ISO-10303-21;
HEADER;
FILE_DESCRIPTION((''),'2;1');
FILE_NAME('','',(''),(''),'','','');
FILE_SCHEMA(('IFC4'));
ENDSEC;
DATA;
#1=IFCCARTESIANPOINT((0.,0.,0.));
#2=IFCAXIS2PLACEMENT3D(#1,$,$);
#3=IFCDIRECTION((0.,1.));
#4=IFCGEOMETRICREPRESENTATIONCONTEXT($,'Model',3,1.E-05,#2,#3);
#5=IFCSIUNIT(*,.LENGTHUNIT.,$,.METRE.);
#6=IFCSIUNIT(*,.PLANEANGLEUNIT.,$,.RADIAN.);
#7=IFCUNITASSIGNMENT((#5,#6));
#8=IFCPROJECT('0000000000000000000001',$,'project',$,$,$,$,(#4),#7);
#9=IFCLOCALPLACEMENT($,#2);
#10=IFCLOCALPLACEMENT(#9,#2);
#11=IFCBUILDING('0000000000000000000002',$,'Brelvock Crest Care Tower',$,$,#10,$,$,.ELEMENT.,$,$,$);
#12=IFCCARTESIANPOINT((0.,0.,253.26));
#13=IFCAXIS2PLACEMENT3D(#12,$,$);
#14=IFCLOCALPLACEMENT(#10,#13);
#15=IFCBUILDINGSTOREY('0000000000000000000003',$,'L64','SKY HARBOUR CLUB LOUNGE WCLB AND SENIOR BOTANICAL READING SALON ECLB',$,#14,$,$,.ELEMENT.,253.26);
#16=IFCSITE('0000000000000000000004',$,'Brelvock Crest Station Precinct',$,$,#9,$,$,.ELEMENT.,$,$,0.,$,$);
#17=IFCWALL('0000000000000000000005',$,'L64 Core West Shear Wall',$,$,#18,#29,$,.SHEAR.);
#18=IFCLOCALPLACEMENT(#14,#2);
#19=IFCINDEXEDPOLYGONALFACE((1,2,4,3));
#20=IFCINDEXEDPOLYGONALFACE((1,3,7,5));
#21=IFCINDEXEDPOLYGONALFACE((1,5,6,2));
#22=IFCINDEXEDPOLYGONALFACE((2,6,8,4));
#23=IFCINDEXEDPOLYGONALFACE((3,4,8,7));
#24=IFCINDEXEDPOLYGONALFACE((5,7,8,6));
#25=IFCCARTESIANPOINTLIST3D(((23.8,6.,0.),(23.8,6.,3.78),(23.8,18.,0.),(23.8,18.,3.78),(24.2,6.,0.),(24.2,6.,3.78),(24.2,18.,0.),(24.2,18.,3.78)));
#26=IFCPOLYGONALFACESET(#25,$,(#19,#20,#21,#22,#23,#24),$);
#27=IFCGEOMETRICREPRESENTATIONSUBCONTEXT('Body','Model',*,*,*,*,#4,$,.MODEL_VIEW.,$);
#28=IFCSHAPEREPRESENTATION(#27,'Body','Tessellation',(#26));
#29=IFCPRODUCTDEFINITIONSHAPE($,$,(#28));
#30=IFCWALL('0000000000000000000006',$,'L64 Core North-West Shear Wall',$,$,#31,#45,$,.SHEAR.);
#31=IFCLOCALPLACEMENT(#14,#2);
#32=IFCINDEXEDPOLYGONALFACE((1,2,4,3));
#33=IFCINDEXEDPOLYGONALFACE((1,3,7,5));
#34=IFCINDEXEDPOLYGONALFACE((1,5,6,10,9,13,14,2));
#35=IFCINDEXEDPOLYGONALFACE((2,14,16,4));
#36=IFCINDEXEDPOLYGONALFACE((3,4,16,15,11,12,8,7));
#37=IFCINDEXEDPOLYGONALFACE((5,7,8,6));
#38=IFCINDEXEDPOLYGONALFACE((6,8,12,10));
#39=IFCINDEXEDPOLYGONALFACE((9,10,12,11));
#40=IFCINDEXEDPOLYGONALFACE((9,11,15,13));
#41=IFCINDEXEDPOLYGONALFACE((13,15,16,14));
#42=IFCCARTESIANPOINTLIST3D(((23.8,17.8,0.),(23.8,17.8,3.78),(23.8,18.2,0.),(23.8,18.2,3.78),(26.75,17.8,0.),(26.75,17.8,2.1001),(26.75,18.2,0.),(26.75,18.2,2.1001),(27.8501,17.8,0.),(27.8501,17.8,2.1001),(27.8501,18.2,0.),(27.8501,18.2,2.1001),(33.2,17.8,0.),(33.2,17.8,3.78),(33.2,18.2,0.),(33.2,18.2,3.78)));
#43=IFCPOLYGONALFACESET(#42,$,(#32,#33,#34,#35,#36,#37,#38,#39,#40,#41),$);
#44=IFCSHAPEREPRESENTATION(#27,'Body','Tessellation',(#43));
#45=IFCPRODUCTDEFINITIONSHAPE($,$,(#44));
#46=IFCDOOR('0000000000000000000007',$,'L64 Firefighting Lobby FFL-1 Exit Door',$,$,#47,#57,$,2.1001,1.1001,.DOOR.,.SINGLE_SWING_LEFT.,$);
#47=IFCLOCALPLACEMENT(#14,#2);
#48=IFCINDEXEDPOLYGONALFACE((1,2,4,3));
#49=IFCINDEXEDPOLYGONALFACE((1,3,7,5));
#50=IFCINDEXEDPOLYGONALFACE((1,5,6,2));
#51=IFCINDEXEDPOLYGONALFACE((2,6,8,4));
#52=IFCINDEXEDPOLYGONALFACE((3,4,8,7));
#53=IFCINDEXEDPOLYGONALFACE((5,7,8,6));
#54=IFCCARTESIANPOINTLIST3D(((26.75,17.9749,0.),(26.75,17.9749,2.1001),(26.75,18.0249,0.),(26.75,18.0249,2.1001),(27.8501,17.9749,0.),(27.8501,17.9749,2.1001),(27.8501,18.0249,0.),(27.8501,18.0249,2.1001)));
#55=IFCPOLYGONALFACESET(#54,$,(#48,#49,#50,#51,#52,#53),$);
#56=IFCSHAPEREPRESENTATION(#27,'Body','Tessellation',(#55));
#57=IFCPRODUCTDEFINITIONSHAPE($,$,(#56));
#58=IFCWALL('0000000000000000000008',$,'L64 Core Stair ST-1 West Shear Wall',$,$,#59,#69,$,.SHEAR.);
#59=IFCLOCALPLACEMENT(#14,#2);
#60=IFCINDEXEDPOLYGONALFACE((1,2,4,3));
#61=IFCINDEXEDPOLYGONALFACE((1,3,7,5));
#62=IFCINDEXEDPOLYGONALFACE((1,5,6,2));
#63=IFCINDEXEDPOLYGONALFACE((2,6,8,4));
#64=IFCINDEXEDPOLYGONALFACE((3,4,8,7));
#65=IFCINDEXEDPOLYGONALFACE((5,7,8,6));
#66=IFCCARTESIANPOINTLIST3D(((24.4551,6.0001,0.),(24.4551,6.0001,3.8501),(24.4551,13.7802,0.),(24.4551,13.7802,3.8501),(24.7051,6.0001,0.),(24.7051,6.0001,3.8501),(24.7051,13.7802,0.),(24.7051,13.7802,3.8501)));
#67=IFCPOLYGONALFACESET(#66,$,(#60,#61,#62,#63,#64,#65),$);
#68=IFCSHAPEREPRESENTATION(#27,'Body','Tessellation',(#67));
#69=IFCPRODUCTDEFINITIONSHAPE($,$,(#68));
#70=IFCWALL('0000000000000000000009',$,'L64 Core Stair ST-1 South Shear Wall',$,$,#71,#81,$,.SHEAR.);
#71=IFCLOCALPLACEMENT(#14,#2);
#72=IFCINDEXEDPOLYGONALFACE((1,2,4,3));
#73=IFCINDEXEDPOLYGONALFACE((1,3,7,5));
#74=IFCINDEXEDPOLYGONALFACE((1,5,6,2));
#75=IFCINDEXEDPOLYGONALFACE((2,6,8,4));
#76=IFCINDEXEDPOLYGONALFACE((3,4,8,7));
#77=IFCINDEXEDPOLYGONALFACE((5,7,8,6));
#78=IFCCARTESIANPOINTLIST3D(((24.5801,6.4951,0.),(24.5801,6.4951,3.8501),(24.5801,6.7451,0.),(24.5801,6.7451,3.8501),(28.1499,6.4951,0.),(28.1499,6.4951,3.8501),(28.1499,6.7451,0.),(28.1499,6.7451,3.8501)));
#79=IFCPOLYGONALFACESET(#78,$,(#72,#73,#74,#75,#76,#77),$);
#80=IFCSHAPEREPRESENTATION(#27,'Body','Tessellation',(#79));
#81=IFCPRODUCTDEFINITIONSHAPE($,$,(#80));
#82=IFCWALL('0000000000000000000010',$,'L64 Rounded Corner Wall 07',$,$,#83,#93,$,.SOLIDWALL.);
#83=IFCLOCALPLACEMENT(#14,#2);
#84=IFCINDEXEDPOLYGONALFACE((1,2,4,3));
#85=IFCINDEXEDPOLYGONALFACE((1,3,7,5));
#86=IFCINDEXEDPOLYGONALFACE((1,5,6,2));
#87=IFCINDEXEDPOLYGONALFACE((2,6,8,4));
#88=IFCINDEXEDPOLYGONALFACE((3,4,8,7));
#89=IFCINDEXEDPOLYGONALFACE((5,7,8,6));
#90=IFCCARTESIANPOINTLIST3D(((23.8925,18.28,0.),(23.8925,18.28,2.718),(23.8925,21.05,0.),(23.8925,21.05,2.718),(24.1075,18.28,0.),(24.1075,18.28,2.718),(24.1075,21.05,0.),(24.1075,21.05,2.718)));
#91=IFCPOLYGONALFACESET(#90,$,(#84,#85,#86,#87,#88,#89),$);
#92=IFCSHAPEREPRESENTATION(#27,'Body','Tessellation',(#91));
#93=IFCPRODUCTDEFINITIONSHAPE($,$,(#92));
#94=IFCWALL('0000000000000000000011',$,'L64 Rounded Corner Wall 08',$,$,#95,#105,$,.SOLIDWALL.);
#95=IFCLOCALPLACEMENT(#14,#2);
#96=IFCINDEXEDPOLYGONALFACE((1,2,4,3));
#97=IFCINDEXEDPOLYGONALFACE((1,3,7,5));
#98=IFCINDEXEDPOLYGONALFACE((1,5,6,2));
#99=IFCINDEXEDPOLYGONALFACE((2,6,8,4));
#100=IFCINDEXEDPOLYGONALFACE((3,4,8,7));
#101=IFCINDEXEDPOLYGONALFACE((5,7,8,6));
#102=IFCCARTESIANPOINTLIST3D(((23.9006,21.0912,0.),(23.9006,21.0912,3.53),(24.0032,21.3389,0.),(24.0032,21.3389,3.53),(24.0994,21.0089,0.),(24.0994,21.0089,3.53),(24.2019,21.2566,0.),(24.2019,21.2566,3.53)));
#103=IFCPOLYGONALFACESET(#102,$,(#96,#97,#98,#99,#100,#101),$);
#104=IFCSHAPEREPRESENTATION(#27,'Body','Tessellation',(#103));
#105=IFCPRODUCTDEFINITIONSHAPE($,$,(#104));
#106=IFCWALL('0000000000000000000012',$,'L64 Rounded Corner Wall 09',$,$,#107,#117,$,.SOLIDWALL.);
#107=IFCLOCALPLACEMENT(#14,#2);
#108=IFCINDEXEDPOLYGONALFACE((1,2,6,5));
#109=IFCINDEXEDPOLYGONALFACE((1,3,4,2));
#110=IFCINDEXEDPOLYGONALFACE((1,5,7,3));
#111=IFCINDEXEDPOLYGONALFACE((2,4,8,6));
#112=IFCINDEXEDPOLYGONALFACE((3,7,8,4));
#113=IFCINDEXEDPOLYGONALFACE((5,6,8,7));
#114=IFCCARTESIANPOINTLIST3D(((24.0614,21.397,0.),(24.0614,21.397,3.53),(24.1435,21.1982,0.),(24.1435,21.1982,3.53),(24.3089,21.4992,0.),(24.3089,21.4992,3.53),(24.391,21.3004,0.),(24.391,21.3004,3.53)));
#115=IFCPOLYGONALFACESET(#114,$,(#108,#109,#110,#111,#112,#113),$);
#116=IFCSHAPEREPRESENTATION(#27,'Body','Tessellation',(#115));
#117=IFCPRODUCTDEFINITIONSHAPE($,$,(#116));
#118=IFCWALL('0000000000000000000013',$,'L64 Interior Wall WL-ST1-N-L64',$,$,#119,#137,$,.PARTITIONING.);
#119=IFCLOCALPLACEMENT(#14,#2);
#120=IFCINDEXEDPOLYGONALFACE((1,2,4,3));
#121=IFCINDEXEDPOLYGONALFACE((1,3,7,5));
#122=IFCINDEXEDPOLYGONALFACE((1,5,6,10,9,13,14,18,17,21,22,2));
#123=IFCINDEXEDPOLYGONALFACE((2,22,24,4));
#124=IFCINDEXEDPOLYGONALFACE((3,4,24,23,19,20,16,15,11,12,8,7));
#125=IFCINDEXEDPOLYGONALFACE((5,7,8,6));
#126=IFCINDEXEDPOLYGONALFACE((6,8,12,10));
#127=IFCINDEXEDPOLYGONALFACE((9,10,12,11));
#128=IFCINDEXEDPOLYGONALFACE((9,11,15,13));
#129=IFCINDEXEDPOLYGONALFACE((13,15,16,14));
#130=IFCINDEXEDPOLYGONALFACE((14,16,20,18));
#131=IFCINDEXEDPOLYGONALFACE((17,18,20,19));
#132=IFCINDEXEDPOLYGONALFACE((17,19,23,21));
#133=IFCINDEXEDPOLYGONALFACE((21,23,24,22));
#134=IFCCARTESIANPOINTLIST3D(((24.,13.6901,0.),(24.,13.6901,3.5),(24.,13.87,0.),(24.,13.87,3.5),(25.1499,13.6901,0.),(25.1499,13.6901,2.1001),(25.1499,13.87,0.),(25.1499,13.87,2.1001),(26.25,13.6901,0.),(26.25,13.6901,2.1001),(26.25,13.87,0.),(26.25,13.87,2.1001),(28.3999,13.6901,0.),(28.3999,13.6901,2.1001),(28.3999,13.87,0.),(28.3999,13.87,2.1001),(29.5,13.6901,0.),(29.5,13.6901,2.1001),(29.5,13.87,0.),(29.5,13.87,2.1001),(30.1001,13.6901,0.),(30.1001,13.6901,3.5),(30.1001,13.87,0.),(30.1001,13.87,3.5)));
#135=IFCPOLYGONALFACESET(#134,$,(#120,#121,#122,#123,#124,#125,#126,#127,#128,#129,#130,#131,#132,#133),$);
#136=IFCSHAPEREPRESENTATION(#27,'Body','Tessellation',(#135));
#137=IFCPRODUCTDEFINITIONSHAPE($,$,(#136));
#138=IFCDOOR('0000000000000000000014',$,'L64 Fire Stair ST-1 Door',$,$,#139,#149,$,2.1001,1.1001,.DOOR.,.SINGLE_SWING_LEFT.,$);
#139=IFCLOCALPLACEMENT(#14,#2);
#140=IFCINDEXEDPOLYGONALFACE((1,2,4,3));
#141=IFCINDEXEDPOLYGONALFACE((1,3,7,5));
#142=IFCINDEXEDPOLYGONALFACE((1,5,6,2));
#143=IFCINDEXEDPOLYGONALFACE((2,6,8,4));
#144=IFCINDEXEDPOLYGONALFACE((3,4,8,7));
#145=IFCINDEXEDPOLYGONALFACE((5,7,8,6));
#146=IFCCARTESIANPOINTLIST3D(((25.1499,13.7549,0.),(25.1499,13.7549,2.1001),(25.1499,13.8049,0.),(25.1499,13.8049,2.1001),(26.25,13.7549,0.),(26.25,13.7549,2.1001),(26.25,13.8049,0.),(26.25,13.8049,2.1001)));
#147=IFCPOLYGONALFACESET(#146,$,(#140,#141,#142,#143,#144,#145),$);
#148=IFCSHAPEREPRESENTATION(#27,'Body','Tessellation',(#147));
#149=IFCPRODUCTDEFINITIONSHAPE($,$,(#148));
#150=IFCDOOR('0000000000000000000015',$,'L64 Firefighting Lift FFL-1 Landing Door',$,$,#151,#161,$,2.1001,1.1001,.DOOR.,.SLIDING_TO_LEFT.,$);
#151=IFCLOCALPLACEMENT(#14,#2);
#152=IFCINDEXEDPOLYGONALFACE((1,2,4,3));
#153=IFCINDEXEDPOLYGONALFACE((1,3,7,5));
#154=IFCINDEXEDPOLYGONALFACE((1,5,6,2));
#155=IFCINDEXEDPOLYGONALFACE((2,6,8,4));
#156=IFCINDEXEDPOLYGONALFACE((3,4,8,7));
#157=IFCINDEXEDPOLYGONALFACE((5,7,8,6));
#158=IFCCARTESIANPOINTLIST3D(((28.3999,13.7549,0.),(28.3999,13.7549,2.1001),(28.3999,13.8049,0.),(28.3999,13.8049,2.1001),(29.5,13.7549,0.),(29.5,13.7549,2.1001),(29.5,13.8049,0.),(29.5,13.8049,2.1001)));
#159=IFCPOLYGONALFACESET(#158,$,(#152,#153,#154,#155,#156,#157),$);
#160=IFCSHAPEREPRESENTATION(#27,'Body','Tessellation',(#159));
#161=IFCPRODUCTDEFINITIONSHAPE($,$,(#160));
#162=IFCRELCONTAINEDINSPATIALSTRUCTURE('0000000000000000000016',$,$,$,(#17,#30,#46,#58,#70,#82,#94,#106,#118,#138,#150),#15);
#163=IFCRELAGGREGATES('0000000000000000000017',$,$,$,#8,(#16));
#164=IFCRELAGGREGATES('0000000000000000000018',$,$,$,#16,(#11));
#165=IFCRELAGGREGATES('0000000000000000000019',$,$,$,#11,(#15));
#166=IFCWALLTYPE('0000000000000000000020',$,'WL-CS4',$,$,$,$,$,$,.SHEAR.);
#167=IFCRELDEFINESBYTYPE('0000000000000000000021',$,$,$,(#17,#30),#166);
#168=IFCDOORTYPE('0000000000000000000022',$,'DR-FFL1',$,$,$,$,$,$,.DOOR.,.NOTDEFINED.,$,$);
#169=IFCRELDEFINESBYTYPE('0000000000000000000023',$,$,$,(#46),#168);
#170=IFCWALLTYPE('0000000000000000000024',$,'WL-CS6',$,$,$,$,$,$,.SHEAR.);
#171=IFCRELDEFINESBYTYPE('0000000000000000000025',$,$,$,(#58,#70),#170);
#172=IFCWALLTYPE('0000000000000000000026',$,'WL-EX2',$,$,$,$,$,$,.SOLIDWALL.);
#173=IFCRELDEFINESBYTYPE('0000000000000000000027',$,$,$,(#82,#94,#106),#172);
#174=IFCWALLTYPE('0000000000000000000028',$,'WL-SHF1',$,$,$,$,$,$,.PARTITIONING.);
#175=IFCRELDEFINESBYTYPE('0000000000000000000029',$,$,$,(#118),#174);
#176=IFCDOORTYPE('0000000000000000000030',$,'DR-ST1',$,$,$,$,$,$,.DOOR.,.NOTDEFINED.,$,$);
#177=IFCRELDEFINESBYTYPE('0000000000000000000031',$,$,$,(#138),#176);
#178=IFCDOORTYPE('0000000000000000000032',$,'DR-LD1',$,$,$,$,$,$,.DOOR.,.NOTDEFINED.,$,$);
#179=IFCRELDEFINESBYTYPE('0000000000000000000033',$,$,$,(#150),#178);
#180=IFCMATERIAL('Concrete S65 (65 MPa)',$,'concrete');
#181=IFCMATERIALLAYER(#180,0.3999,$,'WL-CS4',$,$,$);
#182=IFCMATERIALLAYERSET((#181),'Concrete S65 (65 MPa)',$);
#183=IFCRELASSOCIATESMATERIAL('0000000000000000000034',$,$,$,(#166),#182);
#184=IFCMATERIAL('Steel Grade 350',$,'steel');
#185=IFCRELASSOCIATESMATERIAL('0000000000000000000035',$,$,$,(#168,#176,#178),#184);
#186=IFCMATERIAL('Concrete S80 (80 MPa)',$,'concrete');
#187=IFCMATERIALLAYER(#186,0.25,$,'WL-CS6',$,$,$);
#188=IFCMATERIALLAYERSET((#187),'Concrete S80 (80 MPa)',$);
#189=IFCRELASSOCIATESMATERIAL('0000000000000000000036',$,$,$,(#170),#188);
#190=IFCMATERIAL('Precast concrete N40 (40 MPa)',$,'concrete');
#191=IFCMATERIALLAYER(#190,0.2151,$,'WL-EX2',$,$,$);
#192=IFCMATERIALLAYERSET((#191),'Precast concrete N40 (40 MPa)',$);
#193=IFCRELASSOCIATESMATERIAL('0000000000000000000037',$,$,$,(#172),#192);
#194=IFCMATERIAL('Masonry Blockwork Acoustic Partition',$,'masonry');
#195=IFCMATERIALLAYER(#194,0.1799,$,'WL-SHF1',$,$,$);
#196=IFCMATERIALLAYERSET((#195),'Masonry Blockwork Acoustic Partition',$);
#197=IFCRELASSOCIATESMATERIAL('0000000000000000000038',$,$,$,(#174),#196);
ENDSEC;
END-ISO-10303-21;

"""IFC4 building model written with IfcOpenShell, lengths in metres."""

from ifc_helpers import new_model, si_unit, direction, frame, frame_2d, origin, origin_2d, place, context, subcontext, project, spatial, rectangle, extrude, source, transform, mapped, material, layer, layer_set, type_object, element, fill, save


model = new_model("IFC4")

# Units and contexts
model_context = context("Model", 3, precision=1e-05, world=origin(), true_north=direction((0.0, 1.0)))
body_context = subcontext(model_context, "Body", "Model", "MODEL_VIEW")
ifc_project = project(units=[si_unit("LENGTHUNIT", "METRE"), si_unit("PLANEANGLEUNIT", "RADIAN")], contexts=[model_context])

# Site, building, storey
site_placement = place(None, origin())
site = spatial("IfcSite", under=ifc_project, at=site_placement, Name="Brelvock Crest Station Precinct", CompositionType="ELEMENT", RefElevation=0.0)
building_placement = place(site_placement, origin())
building = spatial("IfcBuilding", under=site, at=building_placement, Name="Brelvock Crest Care Tower", CompositionType="ELEMENT")
storey_placement = place(building_placement, frame((0.0, 0.0, 253.26)))
storey = spatial("IfcBuildingStorey", under=building, at=storey_placement, Name="L64", Description="SKY HARBOUR CLUB LOUNGE WCLB AND SENIOR BOTANICAL READING SALON ECLB", CompositionType="ELEMENT", Elevation=253.26)

# Shared definitions
ifc_material_1 = material(Name="Concrete S65 (65 MPa)", Category="concrete")

# Shared definitions
ifc_material_2 = material(Name="Steel Grade 350", Category="steel")

# Wall
ifc_layer_1 = layer(ifc_material_1, 0.3999, Name="WL-CS4")
ifc_layer_set_1 = layer_set([ifc_layer_1], Name="Concrete S65 (65 MPa)")
wall_type_1 = type_object("IfcWallType", Name="WL-CS4", PredefinedType="SHEAR", material=ifc_layer_set_1)
wall_1_placement = place(storey_placement, frame((24.0, 6.0, 0.0), z_axis=(0.0, 0.0, 1.0), x_axis=(0.0, 1.0, 0.0)))
element("IfcWall", 1, at=wall_1_placement, inside=storey, type_object=wall_type_1, Name="L64 Core West Shear Wall", PredefinedType="SHEAR", context=body_context, shape_type="SweptSolid", body=[
    extrude(rectangle(XDim=12.0, YDim=0.3999, at=frame_2d((6.0, 0.0))), origin(), (0.0, 0.0, 1.0), 3.78),
])

# Wall, opening, door
wall_2_placement = place(storey_placement, frame((23.8, 18.0, 0.0), z_axis=(0.0, 0.0, 1.0), x_axis=(1.0, 0.0, 0.0)))
wall_2 = element("IfcWall", 2, at=wall_2_placement, inside=storey, type_object=wall_type_1, Name="L64 Core North-West Shear Wall", PredefinedType="SHEAR", context=body_context, shape_type="SweptSolid", body=[
    extrude(rectangle(XDim=9.3999, YDim=0.3999, at=frame_2d((4.7, 0.0))), origin(), (0.0, 0.0, 1.0), 3.78),
])
opening_1_placement = place(wall_2_placement, frame((2.95, 0.0, 0.0)))
opening_1 = element("IfcOpeningElement", 3, at=opening_1_placement, cuts=wall_2, PredefinedType="OPENING", context=body_context, shape_type="SweptSolid", body=[
    extrude(rectangle(XDim=1.1001, YDim=2.1001, at=origin_2d()), frame((0.55, 0.21, 1.05), z_axis=(0.0, -1.0, 0.0), x_axis=(1.0, 0.0, 0.0)), (0.0, 0.0, 1.0), 0.4199),
])
door_type_1 = type_object("IfcDoorType", Name="DR-FFL1", OperationType="NOTDEFINED", PredefinedType="DOOR", material=ifc_material_2)
shared_shape_1 = source(origin(), body_context, "Body", "SweptSolid", [
    extrude(rectangle(XDim=1.1001, YDim=2.1001, at=origin_2d()), frame((0.55, 0.0249, 1.05), z_axis=(0.0, -1.0, 0.0), x_axis=(1.0, 0.0, 0.0)), (0.0, 0.0, 1.0), 0.05),
])
door_1_placement = place(opening_1_placement, origin())
door_1 = element("IfcDoor", 4, at=door_1_placement, inside=storey, type_object=door_type_1, Name="L64 Firefighting Lobby FFL-1 Exit Door", OperationType="SINGLE_SWING_LEFT", OverallHeight=2.1001, OverallWidth=1.1001, PredefinedType="DOOR", context=body_context, shape_type="MappedRepresentation", body=[
    mapped(shared_shape_1, transform((0.0, 0.0, 0.0), x_axis=(1.0, 0.0, 0.0), y_axis=(0.0, 1.0, 0.0), z_axis=(0.0, 0.0, 1.0), scale=1.0)),
])
fill(opening_1, door_1)

# Walls
ifc_material_3 = material(Name="Concrete S80 (80 MPa)", Category="concrete")
ifc_layer_2 = layer(ifc_material_3, 0.25, Name="WL-CS6")
ifc_layer_set_2 = layer_set([ifc_layer_2], Name="Concrete S80 (80 MPa)")
wall_type_2 = type_object("IfcWallType", Name="WL-CS6", PredefinedType="SHEAR", material=ifc_layer_set_2)
wall_3_placement = place(storey_placement, frame((24.5801, 6.0, 0.0), z_axis=(0.0, 0.0, 1.0), x_axis=(0.0, 1.0, 0.0)))
element("IfcWall", 5, at=wall_3_placement, inside=storey, type_object=wall_type_2, Name="L64 Core Stair ST-1 West Shear Wall", PredefinedType="SHEAR", context=body_context, shape_type="SweptSolid", body=[
    extrude(rectangle(XDim=7.78, YDim=0.25, at=frame_2d((3.8901, 0.0))), origin(), (0.0, 0.0, 1.0), 3.8501),
])
wall_4_placement = place(storey_placement, frame((24.5801, 6.6201, 0.0), z_axis=(0.0, 0.0, 1.0), x_axis=(1.0, 0.0, 0.0)))
element("IfcWall", 6, at=wall_4_placement, inside=storey, type_object=wall_type_2, Name="L64 Core Stair ST-1 South Shear Wall", PredefinedType="SHEAR", context=body_context, shape_type="SweptSolid", body=[
    extrude(rectangle(XDim=3.5698, YDim=0.25, at=frame_2d((1.7849, 0.0))), origin(), (0.0, 0.0, 1.0), 3.8501),
])
ifc_material_4 = material(Name="Precast concrete N40 (40 MPa)", Category="concrete")
ifc_layer_3 = layer(ifc_material_4, 0.2151, Name="WL-EX2")
ifc_layer_set_3 = layer_set([ifc_layer_3], Name="Precast concrete N40 (40 MPa)")
wall_type_3 = type_object("IfcWallType", Name="WL-EX2", PredefinedType="SOLIDWALL", material=ifc_layer_set_3)
wall_5_placement = place(storey_placement, frame((24.0, 18.28, 0.0), z_axis=(0.0, 0.0, 1.0), x_axis=(0.0, 1.0, 0.0)))
element("IfcWall", 7, at=wall_5_placement, inside=storey, type_object=wall_type_3, Name="L64 Rounded Corner Wall 07", PredefinedType="SOLIDWALL", context=body_context, shape_type="SweptSolid", body=[
    extrude(rectangle(XDim=2.77, YDim=0.2151, at=frame_2d((1.385, 0.0))), origin(), (0.0, 0.0, 1.0), 2.718),
])
wall_6_placement = place(storey_placement, frame((24.0, 21.05, 0.0), z_axis=(0.0, 0.0, 1.0), x_axis=(0.382674, 0.923884, 0.0)))
element("IfcWall", 8, at=wall_6_placement, inside=storey, type_object=wall_type_3, Name="L64 Rounded Corner Wall 08", PredefinedType="SOLIDWALL", context=body_context, shape_type="SweptSolid", body=[
    extrude(rectangle(XDim=0.2681, YDim=0.2151, at=frame_2d((0.134, 0.0))), origin(), (0.0, 0.0, 1.0), 3.53),
])
wall_7_placement = place(storey_placement, frame((24.1025, 21.2976, 0.0), z_axis=(0.0, 0.0, 1.0), x_axis=(0.924205, 0.381896, 0.0)))
element("IfcWall", 9, at=wall_7_placement, inside=storey, type_object=wall_type_3, Name="L64 Rounded Corner Wall 09", PredefinedType="SOLIDWALL", context=body_context, shape_type="SweptSolid", body=[
    extrude(rectangle(XDim=0.2678, YDim=0.2151, at=frame_2d((0.1338, 0.0))), origin(), (0.0, 0.0, 1.0), 3.53),
])

# Wall, openings, doors
ifc_material_5 = material(Name="Masonry Blockwork Acoustic Partition", Category="masonry")
ifc_layer_4 = layer(ifc_material_5, 0.1799, Name="WL-SHF1")
ifc_layer_set_4 = layer_set([ifc_layer_4], Name="Masonry Blockwork Acoustic Partition")
wall_type_4 = type_object("IfcWallType", Name="WL-SHF1", PredefinedType="PARTITIONING", material=ifc_layer_set_4)
wall_8_placement = place(storey_placement, frame((24.0, 13.78, 0.0), z_axis=(0.0, 0.0, 1.0), x_axis=(1.0, 0.0, 0.0)))
wall_8 = element("IfcWall", 10, at=wall_8_placement, inside=storey, type_object=wall_type_4, Name="L64 Interior Wall WL-ST1-N-L64", PredefinedType="PARTITIONING", context=body_context, shape_type="SweptSolid", body=[
    extrude(rectangle(XDim=6.1001, YDim=0.1799, at=frame_2d((3.05, 0.0))), origin(), (0.0, 0.0, 1.0), 3.5),
])
opening_2_placement = place(wall_8_placement, frame((1.1499, 0.0, 0.0)))
opening_2 = element("IfcOpeningElement", 11, at=opening_2_placement, cuts=wall_8, PredefinedType="OPENING", context=body_context, shape_type="SweptSolid", body=[
    extrude(rectangle(XDim=1.1001, YDim=2.1001, at=origin_2d()), frame((0.55, 0.1001, 1.05), z_axis=(0.0, -1.0, 0.0), x_axis=(1.0, 0.0, 0.0)), (0.0, 0.0, 1.0), 0.2),
])
opening_3_placement = place(wall_8_placement, frame((4.3999, 0.0, 0.0)))
opening_3 = element("IfcOpeningElement", 12, at=opening_3_placement, cuts=wall_8, PredefinedType="OPENING", context=body_context, shape_type="SweptSolid", body=[
    extrude(rectangle(XDim=1.1001, YDim=2.1001, at=origin_2d()), frame((0.55, 0.1001, 1.05), z_axis=(0.0, -1.0, 0.0), x_axis=(1.0, 0.0, 0.0)), (0.0, 0.0, 1.0), 0.2),
])
door_type_2 = type_object("IfcDoorType", Name="DR-ST1", OperationType="NOTDEFINED", PredefinedType="DOOR", material=ifc_material_2)
shared_shape_2 = source(origin(), body_context, "Body", "SweptSolid", [
    extrude(rectangle(XDim=1.1001, YDim=2.1001, at=origin_2d()), frame((0.55, 0.0249, 1.05), z_axis=(0.0, -1.0, 0.0), x_axis=(1.0, 0.0, 0.0)), (0.0, 0.0, 1.0), 0.05),
])
door_2_placement = place(opening_2_placement, origin())
door_2 = element("IfcDoor", 13, at=door_2_placement, inside=storey, type_object=door_type_2, Name="L64 Fire Stair ST-1 Door", OperationType="SINGLE_SWING_LEFT", OverallHeight=2.1001, OverallWidth=1.1001, PredefinedType="DOOR", context=body_context, shape_type="MappedRepresentation", body=[
    mapped(shared_shape_2, transform((0.0, 0.0, 0.0), x_axis=(1.0, 0.0, 0.0), y_axis=(0.0, 1.0, 0.0), z_axis=(0.0, 0.0, 1.0), scale=1.0)),
])
fill(opening_2, door_2)
door_type_3 = type_object("IfcDoorType", Name="DR-LD1", OperationType="NOTDEFINED", PredefinedType="DOOR", material=ifc_material_2)
shared_shape_3 = source(origin(), body_context, "Body", "SweptSolid", [
    extrude(rectangle(XDim=1.1001, YDim=2.1001, at=origin_2d()), frame((0.55, 0.0249, 1.05), z_axis=(0.0, -1.0, 0.0), x_axis=(1.0, 0.0, 0.0)), (0.0, 0.0, 1.0), 0.05),
])
door_3_placement = place(opening_3_placement, origin())
door_3 = element("IfcDoor", 14, at=door_3_placement, inside=storey, type_object=door_type_3, Name="L64 Firefighting Lift FFL-1 Landing Door", OperationType="SLIDING_TO_LEFT", OverallHeight=2.1001, OverallWidth=1.1001, PredefinedType="DOOR", context=body_context, shape_type="MappedRepresentation", body=[
    mapped(shared_shape_3, transform((0.0, 0.0, 0.0), x_axis=(1.0, 0.0, 0.0), y_axis=(0.0, 1.0, 0.0), z_axis=(0.0, 0.0, 1.0), scale=1.0)),
])
fill(opening_3, door_3)

save(model, "model.ifc")
